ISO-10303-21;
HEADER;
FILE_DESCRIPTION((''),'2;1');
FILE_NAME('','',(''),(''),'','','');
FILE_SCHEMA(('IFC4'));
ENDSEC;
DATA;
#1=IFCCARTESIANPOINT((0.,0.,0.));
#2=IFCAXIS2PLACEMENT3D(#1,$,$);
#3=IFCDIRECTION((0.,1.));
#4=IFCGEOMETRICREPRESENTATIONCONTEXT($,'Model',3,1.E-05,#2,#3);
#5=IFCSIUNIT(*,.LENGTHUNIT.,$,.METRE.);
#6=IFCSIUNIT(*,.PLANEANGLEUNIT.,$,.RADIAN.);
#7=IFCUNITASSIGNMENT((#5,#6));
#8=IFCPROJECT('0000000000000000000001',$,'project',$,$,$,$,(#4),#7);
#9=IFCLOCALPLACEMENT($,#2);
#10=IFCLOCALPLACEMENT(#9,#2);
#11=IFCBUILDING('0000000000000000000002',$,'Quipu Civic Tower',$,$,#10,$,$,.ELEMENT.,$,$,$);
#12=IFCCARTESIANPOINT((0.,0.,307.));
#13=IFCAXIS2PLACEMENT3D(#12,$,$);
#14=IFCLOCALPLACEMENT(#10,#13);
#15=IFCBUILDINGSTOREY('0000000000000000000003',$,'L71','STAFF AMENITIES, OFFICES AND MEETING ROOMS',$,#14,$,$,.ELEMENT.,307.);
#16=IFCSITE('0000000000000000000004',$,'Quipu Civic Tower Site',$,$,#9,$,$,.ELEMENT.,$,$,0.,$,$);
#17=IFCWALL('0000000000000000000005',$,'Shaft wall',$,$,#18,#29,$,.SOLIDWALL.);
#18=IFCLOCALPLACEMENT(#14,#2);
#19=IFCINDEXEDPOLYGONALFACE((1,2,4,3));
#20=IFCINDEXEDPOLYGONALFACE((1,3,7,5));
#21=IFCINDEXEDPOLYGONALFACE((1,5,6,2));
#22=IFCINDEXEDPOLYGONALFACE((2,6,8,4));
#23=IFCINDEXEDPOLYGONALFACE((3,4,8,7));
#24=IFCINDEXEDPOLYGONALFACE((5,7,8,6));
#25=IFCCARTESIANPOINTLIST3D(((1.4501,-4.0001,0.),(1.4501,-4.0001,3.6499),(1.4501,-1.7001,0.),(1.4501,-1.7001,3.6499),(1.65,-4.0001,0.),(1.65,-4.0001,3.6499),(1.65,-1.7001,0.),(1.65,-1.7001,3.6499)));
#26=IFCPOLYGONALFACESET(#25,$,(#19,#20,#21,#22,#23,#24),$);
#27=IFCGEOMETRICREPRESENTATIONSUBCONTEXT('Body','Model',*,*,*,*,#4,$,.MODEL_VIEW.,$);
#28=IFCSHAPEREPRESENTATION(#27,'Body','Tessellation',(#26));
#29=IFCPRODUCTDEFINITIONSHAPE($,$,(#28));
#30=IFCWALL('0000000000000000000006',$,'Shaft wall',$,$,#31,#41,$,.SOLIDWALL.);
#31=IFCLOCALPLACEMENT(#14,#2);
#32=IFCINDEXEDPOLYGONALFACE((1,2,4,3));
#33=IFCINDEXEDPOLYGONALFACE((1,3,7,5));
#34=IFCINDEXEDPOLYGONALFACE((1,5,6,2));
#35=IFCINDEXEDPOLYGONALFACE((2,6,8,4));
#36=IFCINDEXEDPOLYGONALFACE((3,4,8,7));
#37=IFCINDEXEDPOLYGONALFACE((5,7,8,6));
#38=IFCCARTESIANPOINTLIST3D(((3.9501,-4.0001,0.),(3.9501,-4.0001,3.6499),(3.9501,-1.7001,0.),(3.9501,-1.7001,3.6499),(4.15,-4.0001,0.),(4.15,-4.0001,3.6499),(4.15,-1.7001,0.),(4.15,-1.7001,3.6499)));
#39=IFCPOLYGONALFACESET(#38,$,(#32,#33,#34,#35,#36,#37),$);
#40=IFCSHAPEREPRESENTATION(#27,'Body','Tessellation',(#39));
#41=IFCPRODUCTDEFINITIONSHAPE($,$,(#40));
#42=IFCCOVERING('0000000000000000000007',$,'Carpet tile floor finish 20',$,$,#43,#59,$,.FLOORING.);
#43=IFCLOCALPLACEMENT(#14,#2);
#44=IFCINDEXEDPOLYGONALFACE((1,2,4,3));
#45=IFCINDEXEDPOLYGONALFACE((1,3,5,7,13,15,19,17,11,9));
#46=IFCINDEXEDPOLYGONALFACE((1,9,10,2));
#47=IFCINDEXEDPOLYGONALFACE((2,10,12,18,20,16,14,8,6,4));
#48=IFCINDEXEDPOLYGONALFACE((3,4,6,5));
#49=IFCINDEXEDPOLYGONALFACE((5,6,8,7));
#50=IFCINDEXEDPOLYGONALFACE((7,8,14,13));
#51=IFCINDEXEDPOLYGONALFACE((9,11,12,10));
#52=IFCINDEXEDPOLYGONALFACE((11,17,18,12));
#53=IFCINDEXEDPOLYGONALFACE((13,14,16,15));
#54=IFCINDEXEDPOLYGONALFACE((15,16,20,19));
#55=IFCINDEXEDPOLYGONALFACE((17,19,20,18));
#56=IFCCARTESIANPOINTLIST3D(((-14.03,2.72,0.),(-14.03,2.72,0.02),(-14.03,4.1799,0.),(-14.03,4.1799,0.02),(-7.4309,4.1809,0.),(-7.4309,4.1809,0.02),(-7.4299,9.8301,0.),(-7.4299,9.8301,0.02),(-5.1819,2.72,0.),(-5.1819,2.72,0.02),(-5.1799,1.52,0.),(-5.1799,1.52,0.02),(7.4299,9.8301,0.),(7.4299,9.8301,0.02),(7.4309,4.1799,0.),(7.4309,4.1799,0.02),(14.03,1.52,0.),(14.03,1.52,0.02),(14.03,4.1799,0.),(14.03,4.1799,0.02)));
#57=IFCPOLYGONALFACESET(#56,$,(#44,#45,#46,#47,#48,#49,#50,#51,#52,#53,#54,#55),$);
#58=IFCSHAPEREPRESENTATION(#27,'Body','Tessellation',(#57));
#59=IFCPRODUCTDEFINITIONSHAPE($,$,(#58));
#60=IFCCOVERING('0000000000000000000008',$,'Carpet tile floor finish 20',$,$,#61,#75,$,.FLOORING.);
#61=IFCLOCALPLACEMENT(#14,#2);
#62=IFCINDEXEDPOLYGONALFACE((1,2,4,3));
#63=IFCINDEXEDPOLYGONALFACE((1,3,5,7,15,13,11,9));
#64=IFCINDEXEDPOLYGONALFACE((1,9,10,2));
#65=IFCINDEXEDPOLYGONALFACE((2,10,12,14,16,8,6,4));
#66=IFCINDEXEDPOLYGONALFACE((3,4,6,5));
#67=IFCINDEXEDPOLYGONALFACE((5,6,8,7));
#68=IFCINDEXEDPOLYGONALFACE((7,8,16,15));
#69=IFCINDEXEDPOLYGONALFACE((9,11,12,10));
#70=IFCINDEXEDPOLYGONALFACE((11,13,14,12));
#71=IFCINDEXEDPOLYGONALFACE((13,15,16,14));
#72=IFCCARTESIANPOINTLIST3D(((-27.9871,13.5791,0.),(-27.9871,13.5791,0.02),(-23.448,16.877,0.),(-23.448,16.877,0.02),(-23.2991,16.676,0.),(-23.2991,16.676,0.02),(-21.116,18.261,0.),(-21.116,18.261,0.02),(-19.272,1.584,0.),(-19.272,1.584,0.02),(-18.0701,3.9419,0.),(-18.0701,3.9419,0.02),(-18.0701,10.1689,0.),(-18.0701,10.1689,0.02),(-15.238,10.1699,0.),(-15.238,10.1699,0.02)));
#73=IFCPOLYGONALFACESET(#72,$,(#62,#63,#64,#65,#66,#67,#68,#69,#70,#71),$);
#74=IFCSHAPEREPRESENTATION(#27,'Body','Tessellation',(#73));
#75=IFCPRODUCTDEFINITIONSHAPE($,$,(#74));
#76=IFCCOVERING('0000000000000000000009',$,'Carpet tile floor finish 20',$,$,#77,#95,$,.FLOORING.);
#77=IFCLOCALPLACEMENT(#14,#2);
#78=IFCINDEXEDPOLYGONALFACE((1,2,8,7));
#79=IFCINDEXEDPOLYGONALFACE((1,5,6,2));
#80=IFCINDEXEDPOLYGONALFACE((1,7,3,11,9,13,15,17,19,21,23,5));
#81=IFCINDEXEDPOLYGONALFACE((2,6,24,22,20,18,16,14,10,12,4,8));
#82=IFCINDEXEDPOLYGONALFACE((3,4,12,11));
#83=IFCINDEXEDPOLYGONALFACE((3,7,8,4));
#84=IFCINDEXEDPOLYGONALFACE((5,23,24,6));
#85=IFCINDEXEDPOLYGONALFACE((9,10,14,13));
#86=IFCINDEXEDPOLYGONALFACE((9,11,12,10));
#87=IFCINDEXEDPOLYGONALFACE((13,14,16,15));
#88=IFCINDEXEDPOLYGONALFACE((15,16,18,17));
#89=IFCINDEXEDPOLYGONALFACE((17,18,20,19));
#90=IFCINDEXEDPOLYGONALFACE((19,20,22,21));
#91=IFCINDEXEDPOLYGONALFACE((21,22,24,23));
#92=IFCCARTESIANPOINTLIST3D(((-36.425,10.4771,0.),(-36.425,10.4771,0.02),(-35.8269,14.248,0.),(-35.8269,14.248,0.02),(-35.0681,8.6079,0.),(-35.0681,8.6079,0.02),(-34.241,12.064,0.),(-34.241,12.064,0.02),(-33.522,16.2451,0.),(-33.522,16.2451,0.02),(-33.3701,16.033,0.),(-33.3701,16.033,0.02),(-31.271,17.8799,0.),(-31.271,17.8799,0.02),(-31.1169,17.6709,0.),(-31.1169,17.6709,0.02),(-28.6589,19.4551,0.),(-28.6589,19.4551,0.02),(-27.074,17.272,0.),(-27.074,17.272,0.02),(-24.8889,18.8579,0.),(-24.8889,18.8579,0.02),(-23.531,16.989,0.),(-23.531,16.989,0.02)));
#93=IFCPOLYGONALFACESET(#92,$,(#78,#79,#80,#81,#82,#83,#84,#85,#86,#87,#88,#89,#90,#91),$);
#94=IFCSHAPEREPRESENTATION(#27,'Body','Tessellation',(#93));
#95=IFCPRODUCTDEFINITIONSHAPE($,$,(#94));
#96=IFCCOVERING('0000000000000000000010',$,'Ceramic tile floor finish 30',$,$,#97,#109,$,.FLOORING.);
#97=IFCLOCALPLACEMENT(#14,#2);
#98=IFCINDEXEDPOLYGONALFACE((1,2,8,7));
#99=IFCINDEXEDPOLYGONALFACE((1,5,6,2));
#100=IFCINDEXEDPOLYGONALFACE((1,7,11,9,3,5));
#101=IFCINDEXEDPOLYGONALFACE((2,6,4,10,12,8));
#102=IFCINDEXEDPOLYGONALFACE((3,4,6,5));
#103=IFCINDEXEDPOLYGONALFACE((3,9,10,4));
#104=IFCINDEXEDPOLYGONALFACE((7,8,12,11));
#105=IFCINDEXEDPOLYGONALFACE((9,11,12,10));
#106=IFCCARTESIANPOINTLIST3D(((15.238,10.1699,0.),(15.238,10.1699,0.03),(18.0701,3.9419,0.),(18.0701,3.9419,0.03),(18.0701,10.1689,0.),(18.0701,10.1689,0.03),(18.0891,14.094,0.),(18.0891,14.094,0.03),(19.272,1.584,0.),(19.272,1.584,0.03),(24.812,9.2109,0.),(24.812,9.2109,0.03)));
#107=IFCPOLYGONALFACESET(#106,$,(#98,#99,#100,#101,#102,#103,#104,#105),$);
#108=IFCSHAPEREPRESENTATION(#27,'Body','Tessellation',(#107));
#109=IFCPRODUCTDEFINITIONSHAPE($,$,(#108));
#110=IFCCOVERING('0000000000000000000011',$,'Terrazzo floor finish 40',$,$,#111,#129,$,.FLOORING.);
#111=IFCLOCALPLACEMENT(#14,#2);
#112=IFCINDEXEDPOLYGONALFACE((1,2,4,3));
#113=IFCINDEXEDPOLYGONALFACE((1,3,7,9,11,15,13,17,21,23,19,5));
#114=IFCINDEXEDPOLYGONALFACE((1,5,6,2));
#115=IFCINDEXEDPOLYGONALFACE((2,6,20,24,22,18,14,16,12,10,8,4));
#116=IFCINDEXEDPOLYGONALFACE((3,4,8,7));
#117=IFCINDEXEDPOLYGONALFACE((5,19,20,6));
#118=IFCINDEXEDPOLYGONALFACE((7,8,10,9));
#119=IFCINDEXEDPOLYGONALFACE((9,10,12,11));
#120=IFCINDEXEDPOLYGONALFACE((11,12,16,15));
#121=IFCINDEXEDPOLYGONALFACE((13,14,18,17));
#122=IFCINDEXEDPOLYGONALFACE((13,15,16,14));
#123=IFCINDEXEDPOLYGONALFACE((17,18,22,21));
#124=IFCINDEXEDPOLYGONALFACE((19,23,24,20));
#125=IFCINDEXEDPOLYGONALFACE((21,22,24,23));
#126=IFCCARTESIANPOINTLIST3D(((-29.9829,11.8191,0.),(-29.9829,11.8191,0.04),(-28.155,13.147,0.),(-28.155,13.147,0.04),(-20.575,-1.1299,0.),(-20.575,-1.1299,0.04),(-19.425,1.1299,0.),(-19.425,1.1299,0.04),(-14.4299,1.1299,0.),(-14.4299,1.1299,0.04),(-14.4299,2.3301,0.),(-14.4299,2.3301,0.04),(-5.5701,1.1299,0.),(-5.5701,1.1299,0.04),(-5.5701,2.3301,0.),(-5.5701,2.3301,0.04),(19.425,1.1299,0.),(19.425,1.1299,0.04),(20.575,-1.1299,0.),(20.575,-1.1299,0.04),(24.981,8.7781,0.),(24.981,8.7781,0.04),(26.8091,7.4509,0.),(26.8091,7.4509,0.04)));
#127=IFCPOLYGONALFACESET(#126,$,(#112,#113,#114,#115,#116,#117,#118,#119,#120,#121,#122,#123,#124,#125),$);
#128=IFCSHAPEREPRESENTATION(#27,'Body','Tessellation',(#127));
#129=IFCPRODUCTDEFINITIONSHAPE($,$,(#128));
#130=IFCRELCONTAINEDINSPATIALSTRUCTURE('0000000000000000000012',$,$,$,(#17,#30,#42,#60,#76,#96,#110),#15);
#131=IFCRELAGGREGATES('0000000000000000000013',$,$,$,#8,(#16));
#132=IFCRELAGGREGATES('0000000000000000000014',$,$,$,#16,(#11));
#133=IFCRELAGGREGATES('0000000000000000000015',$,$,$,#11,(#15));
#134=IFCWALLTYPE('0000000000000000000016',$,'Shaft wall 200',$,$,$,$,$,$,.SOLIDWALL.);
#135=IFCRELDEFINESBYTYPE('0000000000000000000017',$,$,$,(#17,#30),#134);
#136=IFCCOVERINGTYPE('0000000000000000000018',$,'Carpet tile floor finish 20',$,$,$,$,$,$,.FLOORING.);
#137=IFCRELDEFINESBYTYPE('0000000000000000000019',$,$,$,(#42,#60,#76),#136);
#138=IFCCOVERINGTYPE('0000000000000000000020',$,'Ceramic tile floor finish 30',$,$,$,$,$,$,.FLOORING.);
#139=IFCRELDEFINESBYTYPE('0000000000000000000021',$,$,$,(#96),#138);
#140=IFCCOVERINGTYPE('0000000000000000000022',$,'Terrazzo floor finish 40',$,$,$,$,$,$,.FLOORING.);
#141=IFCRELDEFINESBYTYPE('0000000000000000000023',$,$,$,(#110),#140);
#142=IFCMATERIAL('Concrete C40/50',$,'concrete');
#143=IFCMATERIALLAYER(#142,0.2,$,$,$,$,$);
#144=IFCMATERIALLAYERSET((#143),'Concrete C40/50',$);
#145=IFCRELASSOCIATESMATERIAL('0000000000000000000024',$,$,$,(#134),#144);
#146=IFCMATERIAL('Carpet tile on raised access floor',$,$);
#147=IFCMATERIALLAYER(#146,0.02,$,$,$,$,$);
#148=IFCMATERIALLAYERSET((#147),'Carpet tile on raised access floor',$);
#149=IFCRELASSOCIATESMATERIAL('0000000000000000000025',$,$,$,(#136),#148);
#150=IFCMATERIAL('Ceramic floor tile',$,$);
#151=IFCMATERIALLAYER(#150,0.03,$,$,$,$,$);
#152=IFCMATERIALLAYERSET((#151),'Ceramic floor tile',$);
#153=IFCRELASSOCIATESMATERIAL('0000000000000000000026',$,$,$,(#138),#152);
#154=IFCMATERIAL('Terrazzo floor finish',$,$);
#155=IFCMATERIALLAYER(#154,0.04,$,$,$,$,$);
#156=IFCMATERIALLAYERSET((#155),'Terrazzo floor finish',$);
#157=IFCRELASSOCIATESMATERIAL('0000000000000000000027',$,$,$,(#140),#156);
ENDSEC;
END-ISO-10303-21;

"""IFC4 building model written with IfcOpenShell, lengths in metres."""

from ifc_helpers import new_model, si_unit, direction, frame, frame_2d, origin, place, context, subcontext, project, spatial, polyline, rectangle, outline, extrude, material, layer, layer_set, type_object, element, save


model = new_model("IFC4")

# Units and contexts
model_context = context("Model", 3, precision=1e-05, world=origin(), true_north=direction((0.0, 1.0)))
body_context = subcontext(model_context, "Body", "Model", "MODEL_VIEW")
ifc_project = project(units=[si_unit("LENGTHUNIT", "METRE"), si_unit("PLANEANGLEUNIT", "RADIAN")], contexts=[model_context])

# Site, building, storey
site_placement = place(None, origin())
site = spatial("IfcSite", under=ifc_project, at=site_placement, Name="Quipu Civic Tower Site", CompositionType="ELEMENT", RefElevation=0.0)
building_placement = place(site_placement, origin())
building = spatial("IfcBuilding", under=site, at=building_placement, Name="Quipu Civic Tower", CompositionType="ELEMENT")
storey_placement = place(building_placement, frame((0.0, 0.0, 307.0)))
storey = spatial("IfcBuildingStorey", under=building, at=storey_placement, Name="L71", Description="STAFF AMENITIES, OFFICES AND MEETING ROOMS", CompositionType="ELEMENT", Elevation=307.0)

# Walls
ifc_material_1 = material(Name="Concrete C40/50", Category="concrete")
ifc_layer_1 = layer(ifc_material_1, 0.2)
ifc_layer_set_1 = layer_set([ifc_layer_1], Name="Concrete C40/50")
wall_type_1 = type_object("IfcWallType", Name="Shaft wall 200", PredefinedType="SOLIDWALL", material=ifc_layer_set_1)
for number, where, z_axis, x_axis, name in (
    (1, (1.55, -4.0, 0.0), (0.0, 0.0, 1.0), (0.0, 1.0, 0.0), "Shaft wall"),
    (2, (4.05, -4.0, 0.0), (0.0, 0.0, 1.0), (0.0, 1.0, 0.0), "Shaft wall"),
):
    element("IfcWall", number, at=place(storey_placement, frame(where, z_axis=z_axis, x_axis=x_axis)), inside=storey, type_object=wall_type_1, Name=name, PredefinedType="SOLIDWALL", context=body_context, shape_type="SweptSolid", body=[
        extrude(rectangle(XDim=2.3, YDim=0.2, at=frame_2d((1.1499, 0.0))), origin(), (0.0, 0.0, 1.0), 3.6499),
    ])

# Coverings
ifc_material_2 = material(Name="Carpet tile on raised access floor")
ifc_layer_2 = layer(ifc_material_2, 0.02)
ifc_layer_set_2 = layer_set([ifc_layer_2], Name="Carpet tile on raised access floor")
covering_type_1 = type_object("IfcCoveringType", Name="Carpet tile floor finish 20", PredefinedType="FLOORING", material=ifc_layer_set_2)
covering_1_placement = place(storey_placement, origin())
element("IfcCovering", 3, at=covering_1_placement, inside=storey, type_object=covering_type_1, Name="Carpet tile floor finish 20", PredefinedType="FLOORING", context=body_context, shape_type="SweptSolid", body=[
    extrude(outline(polyline([(-14.03, 2.72), (-14.03, 4.1799), (-7.4309, 4.1809), (-7.4299, 9.8301), (7.4299, 9.8301), (7.4309, 4.1799), (14.03, 4.1799), (14.03, 1.52), (-5.1799, 1.52), (-5.1819, 2.72), (-14.03, 2.72)])), origin(), (0.0, 0.0, 1.0), 0.02),
])
covering_2_placement = place(storey_placement, origin())
element("IfcCovering", 4, at=covering_2_placement, inside=storey, type_object=covering_type_1, Name="Carpet tile floor finish 20", PredefinedType="FLOORING", context=body_context, shape_type="SweptSolid", body=[
    extrude(outline(polyline([(-27.9871, 13.5791), (-23.448, 16.877), (-23.2991, 16.676), (-21.116, 18.261), (-15.238, 10.1699), (-18.0701, 10.1689), (-18.0701, 3.9419), (-19.272, 1.584), (-27.9871, 13.5791)])), origin(), (0.0, 0.0, 1.0), 0.02),
])
covering_3_placement = place(storey_placement, origin())
element("IfcCovering", 5, at=covering_3_placement, inside=storey, type_object=covering_type_1, Name="Carpet tile floor finish 20", PredefinedType="FLOORING", context=body_context, shape_type="SweptSolid", body=[
    extrude(outline(polyline([(-36.425, 10.4771), (-34.241, 12.064), (-35.8269, 14.248), (-33.3701, 16.033), (-33.522, 16.2451), (-31.271, 17.8799), (-31.1169, 17.6709), (-28.6589, 19.4551), (-27.074, 17.272), (-24.8889, 18.8579), (-23.531, 16.989), (-35.0681, 8.6079), (-36.425, 10.4771)])), origin(), (0.0, 0.0, 1.0), 0.02),
])
ifc_material_3 = material(Name="Ceramic floor tile")
ifc_layer_3 = layer(ifc_material_3, 0.03)
ifc_layer_set_3 = layer_set([ifc_layer_3], Name="Ceramic floor tile")
covering_type_2 = type_object("IfcCoveringType", Name="Ceramic tile floor finish 30", PredefinedType="FLOORING", material=ifc_layer_set_3)
covering_4_placement = place(storey_placement, origin())
element("IfcCovering", 6, at=covering_4_placement, inside=storey, type_object=covering_type_2, Name="Ceramic tile floor finish 30", PredefinedType="FLOORING", context=body_context, shape_type="SweptSolid", body=[
    extrude(outline(polyline([(15.238, 10.1699), (18.0891, 14.094), (24.812, 9.2109), (19.272, 1.584), (18.0701, 3.9419), (18.0701, 10.1689), (15.238, 10.1699)])), origin(), (0.0, 0.0, 1.0), 0.03),
])
ifc_material_4 = material(Name="Terrazzo floor finish")
ifc_layer_4 = layer(ifc_material_4, 0.04)
ifc_layer_set_4 = layer_set([ifc_layer_4], Name="Terrazzo floor finish")
covering_type_3 = type_object("IfcCoveringType", Name="Terrazzo floor finish 40", PredefinedType="FLOORING", material=ifc_layer_set_4)
covering_5_placement = place(storey_placement, origin())
element("IfcCovering", 7, at=covering_5_placement, inside=storey, type_object=covering_type_3, Name="Terrazzo floor finish 40", PredefinedType="FLOORING", context=body_context, shape_type="SweptSolid", body=[
    extrude(outline(polyline([(19.425, 1.1299), (24.981, 8.7781), (26.8091, 7.4509), (20.575, -1.1299), (-20.575, -1.1299), (-29.9829, 11.8191), (-28.155, 13.147), (-19.425, 1.1299), (-14.4299, 1.1299), (-14.4299, 2.3301), (-5.5701, 2.3301), (-5.5701, 1.1299), (19.425, 1.1299)])), origin(), (0.0, 0.0, 1.0), 0.04),
])

save(model, "model.ifc")
